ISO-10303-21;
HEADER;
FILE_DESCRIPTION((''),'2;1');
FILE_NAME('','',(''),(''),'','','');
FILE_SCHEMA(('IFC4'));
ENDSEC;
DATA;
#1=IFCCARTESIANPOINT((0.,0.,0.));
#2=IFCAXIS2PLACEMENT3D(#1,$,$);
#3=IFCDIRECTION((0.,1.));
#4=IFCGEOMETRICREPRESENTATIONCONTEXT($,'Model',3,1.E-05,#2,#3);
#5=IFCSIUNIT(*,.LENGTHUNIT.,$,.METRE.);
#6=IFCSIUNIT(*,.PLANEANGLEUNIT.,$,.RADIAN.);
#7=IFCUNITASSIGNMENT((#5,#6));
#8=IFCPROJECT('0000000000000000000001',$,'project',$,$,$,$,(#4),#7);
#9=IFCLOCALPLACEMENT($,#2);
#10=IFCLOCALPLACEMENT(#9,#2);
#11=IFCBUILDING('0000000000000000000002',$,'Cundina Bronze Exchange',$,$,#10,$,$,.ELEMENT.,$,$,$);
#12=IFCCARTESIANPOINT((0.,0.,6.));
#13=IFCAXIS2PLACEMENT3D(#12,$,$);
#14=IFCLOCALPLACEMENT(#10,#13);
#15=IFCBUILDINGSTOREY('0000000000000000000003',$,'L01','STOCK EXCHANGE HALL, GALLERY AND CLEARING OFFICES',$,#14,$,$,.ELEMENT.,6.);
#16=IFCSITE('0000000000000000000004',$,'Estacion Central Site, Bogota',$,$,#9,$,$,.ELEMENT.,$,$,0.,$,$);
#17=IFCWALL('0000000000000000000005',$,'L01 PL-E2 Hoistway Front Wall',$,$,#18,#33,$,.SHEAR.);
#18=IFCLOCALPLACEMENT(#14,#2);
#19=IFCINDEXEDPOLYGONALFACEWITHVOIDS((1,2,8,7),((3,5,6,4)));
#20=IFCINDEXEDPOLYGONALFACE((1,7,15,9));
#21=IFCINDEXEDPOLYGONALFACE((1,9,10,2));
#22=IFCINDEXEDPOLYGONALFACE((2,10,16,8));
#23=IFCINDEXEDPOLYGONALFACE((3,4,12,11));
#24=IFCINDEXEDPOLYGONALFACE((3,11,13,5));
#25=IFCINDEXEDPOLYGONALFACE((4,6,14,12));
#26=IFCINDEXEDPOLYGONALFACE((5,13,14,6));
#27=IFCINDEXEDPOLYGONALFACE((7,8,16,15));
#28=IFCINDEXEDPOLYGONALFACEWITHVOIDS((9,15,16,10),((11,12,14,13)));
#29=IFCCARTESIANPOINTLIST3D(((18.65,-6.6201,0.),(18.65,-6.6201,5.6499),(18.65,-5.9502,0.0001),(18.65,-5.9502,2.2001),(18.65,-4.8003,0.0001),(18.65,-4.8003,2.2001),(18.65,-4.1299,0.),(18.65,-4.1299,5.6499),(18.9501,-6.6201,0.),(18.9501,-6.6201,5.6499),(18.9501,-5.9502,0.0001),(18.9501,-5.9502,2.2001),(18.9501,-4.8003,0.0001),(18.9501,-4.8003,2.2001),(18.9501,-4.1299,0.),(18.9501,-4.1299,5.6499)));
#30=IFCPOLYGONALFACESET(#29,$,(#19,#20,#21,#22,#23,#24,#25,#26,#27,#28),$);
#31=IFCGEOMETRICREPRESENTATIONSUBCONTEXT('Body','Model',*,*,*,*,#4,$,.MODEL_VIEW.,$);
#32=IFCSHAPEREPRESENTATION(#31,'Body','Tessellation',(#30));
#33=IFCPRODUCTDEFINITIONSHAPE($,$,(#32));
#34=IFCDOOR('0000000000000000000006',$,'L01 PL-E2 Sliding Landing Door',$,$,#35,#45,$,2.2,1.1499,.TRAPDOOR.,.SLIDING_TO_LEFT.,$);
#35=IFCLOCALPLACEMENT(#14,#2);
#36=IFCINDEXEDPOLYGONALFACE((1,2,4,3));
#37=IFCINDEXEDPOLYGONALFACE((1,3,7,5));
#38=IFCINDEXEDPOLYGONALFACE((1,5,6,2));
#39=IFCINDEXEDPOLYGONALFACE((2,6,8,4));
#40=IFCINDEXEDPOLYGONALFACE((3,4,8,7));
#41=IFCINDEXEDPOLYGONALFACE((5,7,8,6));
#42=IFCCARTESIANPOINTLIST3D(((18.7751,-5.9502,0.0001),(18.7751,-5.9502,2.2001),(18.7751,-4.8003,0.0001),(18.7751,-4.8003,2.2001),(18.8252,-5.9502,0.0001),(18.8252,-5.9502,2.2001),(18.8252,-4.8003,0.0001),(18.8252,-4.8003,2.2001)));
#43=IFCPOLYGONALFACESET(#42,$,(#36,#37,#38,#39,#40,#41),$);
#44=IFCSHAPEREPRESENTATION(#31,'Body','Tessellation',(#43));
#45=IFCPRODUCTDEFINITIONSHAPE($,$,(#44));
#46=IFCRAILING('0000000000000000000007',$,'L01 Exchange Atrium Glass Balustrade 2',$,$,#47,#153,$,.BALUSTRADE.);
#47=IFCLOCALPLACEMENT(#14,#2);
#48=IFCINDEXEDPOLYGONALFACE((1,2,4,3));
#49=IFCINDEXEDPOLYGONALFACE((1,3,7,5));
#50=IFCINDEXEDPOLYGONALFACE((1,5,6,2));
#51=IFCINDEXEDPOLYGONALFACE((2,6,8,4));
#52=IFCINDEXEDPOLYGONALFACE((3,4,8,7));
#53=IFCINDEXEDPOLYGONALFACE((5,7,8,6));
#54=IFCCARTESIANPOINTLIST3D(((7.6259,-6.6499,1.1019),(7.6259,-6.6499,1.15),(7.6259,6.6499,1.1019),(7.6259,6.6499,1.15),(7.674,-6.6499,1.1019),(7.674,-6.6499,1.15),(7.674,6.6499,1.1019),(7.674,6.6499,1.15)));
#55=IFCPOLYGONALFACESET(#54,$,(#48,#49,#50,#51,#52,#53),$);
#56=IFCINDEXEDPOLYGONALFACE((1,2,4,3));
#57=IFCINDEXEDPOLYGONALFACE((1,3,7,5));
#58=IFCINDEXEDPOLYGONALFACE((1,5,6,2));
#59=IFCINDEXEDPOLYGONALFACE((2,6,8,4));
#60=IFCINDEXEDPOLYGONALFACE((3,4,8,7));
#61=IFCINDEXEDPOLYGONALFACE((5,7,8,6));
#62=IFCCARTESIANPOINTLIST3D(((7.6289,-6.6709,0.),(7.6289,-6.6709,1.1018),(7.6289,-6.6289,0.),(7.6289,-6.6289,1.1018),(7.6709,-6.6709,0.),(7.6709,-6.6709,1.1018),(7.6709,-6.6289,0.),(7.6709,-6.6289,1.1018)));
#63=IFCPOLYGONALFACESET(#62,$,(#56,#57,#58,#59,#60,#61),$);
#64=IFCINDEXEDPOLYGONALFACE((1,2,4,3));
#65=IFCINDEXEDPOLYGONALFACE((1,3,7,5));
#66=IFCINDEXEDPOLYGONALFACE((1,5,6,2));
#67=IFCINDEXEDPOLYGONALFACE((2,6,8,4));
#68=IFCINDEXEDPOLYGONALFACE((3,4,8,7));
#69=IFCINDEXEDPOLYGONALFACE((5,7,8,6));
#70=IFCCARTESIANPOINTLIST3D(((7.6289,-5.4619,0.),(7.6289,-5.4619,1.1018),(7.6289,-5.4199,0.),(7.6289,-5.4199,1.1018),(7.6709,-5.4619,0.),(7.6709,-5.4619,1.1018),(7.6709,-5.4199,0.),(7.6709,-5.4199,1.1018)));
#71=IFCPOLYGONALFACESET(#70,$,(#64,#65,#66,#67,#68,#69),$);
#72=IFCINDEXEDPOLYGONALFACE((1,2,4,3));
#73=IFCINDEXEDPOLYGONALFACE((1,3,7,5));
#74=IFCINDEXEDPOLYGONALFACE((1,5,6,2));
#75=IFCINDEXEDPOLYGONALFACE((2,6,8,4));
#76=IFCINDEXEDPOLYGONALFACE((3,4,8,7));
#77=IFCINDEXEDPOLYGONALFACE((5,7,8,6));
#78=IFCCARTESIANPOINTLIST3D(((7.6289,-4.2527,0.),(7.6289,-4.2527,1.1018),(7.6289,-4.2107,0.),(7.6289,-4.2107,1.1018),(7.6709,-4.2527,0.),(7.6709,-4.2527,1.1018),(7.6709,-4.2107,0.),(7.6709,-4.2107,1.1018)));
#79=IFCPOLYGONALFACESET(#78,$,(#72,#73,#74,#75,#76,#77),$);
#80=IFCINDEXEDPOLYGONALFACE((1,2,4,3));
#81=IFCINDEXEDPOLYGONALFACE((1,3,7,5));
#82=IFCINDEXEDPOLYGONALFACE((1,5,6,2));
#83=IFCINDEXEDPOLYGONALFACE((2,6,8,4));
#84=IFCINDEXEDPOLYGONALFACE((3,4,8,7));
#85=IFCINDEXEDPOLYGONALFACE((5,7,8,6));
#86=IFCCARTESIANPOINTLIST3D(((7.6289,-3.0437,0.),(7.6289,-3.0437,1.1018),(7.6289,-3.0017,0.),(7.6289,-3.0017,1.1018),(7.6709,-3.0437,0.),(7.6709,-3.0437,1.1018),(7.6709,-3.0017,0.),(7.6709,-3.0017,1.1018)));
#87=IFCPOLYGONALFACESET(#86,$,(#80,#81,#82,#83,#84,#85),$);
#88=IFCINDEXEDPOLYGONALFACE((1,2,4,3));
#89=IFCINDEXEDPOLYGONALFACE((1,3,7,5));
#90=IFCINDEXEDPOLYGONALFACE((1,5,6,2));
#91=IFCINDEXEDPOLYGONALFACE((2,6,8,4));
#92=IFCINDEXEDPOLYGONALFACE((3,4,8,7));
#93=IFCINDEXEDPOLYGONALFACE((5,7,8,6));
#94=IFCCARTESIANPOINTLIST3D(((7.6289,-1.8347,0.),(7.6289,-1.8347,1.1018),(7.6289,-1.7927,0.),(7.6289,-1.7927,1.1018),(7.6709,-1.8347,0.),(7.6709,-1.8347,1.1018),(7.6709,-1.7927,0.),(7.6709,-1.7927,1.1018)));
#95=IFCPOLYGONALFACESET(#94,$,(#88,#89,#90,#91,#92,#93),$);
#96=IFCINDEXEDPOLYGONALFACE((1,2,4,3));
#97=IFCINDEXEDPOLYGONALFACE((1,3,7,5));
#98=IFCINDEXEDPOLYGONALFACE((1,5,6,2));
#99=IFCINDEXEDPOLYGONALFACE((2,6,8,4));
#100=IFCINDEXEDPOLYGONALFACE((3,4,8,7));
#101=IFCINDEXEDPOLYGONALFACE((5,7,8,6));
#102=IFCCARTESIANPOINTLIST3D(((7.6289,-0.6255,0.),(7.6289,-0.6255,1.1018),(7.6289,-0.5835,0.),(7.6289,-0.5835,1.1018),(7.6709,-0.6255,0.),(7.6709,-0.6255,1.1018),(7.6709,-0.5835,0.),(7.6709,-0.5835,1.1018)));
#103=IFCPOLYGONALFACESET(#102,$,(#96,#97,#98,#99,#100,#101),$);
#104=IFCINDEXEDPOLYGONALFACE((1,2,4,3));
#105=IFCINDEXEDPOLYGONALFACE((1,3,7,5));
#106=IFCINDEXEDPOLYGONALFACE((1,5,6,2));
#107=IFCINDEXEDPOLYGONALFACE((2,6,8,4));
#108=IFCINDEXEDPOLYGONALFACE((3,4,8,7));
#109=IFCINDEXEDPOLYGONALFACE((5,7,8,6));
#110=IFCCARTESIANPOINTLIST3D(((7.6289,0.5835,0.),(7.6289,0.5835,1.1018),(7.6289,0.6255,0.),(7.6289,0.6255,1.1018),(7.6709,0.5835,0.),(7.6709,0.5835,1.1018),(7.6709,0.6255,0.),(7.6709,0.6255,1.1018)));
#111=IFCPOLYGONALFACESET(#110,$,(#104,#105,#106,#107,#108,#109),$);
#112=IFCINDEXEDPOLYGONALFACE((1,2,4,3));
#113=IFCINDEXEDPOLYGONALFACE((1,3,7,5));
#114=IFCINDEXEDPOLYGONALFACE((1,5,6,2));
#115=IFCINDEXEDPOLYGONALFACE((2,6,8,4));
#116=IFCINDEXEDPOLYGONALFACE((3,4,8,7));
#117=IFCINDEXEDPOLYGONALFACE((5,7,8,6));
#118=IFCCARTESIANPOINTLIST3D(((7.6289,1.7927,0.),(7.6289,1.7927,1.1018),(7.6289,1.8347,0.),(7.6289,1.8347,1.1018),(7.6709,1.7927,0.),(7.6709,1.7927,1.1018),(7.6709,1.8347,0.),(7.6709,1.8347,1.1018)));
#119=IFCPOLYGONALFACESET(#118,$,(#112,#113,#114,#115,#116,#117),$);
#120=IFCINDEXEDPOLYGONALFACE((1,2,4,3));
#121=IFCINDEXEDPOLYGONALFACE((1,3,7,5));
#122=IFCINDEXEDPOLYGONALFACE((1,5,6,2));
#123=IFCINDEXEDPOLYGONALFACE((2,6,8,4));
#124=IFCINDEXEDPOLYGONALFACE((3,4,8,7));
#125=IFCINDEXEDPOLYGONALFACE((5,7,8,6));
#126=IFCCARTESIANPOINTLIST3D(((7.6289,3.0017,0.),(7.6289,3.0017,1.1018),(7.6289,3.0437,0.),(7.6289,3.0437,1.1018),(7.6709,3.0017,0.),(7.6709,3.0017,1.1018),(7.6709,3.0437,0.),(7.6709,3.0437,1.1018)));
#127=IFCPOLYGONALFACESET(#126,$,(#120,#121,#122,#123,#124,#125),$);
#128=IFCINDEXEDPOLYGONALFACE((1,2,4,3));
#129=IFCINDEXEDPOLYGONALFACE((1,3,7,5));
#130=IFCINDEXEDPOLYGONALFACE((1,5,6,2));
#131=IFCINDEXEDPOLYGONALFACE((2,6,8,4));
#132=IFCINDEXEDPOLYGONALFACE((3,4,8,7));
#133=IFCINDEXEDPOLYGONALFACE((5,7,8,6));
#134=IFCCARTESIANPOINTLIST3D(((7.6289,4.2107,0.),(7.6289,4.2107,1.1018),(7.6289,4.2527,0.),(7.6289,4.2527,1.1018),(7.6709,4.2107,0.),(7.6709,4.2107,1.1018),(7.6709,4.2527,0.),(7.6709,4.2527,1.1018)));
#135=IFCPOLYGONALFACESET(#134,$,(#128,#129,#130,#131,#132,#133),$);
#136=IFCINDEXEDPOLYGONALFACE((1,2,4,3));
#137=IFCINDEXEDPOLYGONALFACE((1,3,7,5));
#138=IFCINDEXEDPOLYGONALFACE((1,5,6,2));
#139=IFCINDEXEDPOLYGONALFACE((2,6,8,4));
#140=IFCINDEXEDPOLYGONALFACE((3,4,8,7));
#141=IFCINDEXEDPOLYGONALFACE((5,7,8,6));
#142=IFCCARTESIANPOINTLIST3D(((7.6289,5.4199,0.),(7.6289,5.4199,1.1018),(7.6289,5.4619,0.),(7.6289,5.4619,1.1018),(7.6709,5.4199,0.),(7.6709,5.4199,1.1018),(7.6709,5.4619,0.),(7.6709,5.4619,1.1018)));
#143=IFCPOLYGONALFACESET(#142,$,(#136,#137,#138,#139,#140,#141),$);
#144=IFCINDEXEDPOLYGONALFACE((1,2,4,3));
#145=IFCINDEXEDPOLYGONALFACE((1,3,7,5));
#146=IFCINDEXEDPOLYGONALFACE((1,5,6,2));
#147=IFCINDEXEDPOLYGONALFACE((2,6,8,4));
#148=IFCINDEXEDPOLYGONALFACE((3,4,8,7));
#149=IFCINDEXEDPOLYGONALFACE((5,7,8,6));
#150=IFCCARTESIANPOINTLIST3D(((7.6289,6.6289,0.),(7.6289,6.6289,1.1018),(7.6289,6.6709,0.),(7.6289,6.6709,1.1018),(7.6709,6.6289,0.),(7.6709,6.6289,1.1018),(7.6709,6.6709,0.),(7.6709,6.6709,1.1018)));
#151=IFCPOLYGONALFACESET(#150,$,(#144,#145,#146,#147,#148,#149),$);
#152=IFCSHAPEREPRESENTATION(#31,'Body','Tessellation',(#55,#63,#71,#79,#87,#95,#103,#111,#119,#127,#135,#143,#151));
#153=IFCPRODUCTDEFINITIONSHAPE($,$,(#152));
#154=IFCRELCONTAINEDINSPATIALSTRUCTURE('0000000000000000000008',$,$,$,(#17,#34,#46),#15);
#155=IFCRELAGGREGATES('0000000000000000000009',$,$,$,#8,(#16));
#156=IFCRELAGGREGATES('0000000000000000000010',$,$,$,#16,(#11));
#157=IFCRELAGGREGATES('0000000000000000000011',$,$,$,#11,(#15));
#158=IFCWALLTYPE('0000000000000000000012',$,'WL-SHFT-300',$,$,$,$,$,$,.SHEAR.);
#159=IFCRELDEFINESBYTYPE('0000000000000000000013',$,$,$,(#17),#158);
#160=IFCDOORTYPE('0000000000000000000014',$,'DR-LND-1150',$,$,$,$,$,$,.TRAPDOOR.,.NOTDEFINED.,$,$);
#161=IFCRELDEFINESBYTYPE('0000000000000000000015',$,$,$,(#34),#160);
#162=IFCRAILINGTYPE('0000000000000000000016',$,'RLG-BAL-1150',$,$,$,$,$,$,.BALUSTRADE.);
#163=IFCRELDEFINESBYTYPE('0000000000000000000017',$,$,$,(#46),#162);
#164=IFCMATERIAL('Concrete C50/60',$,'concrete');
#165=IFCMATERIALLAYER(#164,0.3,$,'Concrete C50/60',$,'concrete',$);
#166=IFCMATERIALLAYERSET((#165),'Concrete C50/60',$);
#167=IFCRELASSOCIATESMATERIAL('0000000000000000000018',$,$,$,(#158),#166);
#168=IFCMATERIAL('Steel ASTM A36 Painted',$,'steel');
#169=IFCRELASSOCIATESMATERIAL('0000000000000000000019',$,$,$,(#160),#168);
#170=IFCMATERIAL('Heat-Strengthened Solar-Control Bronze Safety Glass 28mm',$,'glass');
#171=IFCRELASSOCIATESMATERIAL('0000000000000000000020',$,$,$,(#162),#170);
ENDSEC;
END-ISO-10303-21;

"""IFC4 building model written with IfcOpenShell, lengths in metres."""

from ifc_helpers import new_model, si_unit, direction, frame, frame_2d, origin, origin_2d, place, context, subcontext, project, spatial, rectangle, extrude, material, layer, layer_set, type_object, element, fill, save


model = new_model("IFC4")

# Units and contexts
model_context = context("Model", 3, precision=1e-05, world=origin(), true_north=direction((0.0, 1.0)))
body_context = subcontext(model_context, "Body", "Model", "MODEL_VIEW")
ifc_project = project(units=[si_unit("LENGTHUNIT", "METRE"), si_unit("PLANEANGLEUNIT", "RADIAN")], contexts=[model_context])

# Site, building, storey
site_placement = place(None, origin())
site = spatial("IfcSite", under=ifc_project, at=site_placement, Name="Estacion Central Site, Bogota", CompositionType="ELEMENT", RefElevation=0.0)
building_placement = place(site_placement, origin())
building = spatial("IfcBuilding", under=site, at=building_placement, Name="Cundina Bronze Exchange", CompositionType="ELEMENT")
storey_placement = place(building_placement, frame((0.0, 0.0, 6.0)))
storey = spatial("IfcBuildingStorey", under=building, at=storey_placement, Name="L01", Description="STOCK EXCHANGE HALL, GALLERY AND CLEARING OFFICES", CompositionType="ELEMENT", Elevation=6.0)

# Shared definitions
ifc_material_1 = material(Name="Heat-Strengthened Solar-Control Bronze Safety Glass 28mm", Category="glass")

# Shared definitions
ifc_material_2 = material(Name="Concrete C50/60", Category="concrete")
ifc_layer_1 = layer(ifc_material_2, 0.3, Name="Concrete C50/60", Category="concrete")
ifc_layer_set_1 = layer_set([ifc_layer_1], Name="Concrete C50/60")
wall_type_1 = type_object("IfcWallType", Name="WL-SHFT-300", PredefinedType="SHEAR", material=ifc_layer_set_1)

# Wall, opening, door
ifc_material_3 = material(Name="Steel ASTM A36 Painted", Category="steel")
door_type = type_object("IfcDoorType", Name="DR-LND-1150", OperationType="NOTDEFINED", PredefinedType="TRAPDOOR", material=ifc_material_3)
wall_1_placement = place(storey_placement, frame((18.8, -6.6201, 0.0), z_axis=(0.0, 0.0, 1.0), x_axis=(0.0, 1.0, 0.0)))
wall_1 = element("IfcWall", 1, at=wall_1_placement, inside=storey, type_object=wall_type_1, Name="L01 PL-E2 Hoistway Front Wall", PredefinedType="SHEAR", context=body_context, shape_type="SweptSolid", body=[
    extrude(rectangle(XDim=2.4902, YDim=0.3, at=frame_2d((1.2451, 0.0))), origin(), (0.0, 0.0, 1.0), 5.6499),
])
opening_1_placement = place(wall_1_placement, frame((0.6699, 0.0, 0.0)))
opening_1 = element("IfcOpeningElement", 2, at=opening_1_placement, cuts=wall_1, PredefinedType="OPENING", context=body_context, shape_type="SweptSolid", body=[
    extrude(rectangle(XDim=1.1499, YDim=2.2, at=frame_2d((0.575, 1.1001))), frame((0.0, 0.1599, 0.0), z_axis=(0.0, -1.0, 0.0), x_axis=(1.0, 0.0, 0.0)), (0.0, 0.0, 1.0), 0.3201),
])
door_1_placement = place(opening_1_placement, origin())
door_1 = element("IfcDoor", 3, at=door_1_placement, inside=storey, type_object=door_type, Name="L01 PL-E2 Sliding Landing Door", OperationType="SLIDING_TO_LEFT", OverallHeight=2.2, OverallWidth=1.1499, PredefinedType="TRAPDOOR", context=body_context, shape_type="SweptSolid", body=[
    extrude(rectangle(XDim=1.1499, YDim=2.2, at=frame_2d((0.575, 1.1001))), frame((0.0, 0.0249, 0.0), z_axis=(0.0, -1.0, 0.0), x_axis=(1.0, 0.0, 0.0)), (0.0, 0.0, 1.0), 0.05),
])
fill(opening_1, door_1)

# Railing
railing_type = type_object("IfcRailingType", Name="RLG-BAL-1150", PredefinedType="BALUSTRADE", material=ifc_material_1)
railing_placement = place(storey_placement, frame((7.6499, -6.6499, 0.0)))
element("IfcRailing", 4, at=railing_placement, inside=storey, type_object=railing_type, Name="L01 Exchange Atrium Glass Balustrade 2", PredefinedType="BALUSTRADE", context=body_context, shape_type="SweptSolid", body=[
    extrude(rectangle(XDim=0.0481, YDim=0.0481, at=origin_2d()), frame((0.0, 0.0, 1.126), z_axis=(0.0, 1.0, 0.0), x_axis=(-1.0, 0.0, 0.0)), (0.0, 0.0, 1.0), 13.2998),
    extrude(rectangle(XDim=0.042, YDim=0.042, at=origin_2d()), origin(), (0.0, 0.0, 1.0), 1.1018),
    extrude(rectangle(XDim=0.042, YDim=0.042, at=origin_2d()), frame((0.0, 1.209, 0.0)), (0.0, 0.0, 1.0), 1.1018),
    extrude(rectangle(XDim=0.042, YDim=0.042, at=origin_2d()), frame((0.0, 2.4182, 0.0)), (0.0, 0.0, 1.0), 1.1018),
    extrude(rectangle(XDim=0.042, YDim=0.042, at=origin_2d()), frame((0.0, 3.6272, 0.0)), (0.0, 0.0, 1.0), 1.1018),
    extrude(rectangle(XDim=0.042, YDim=0.042, at=origin_2d()), frame((0.0, 4.8362, 0.0)), (0.0, 0.0, 1.0), 1.1018),
    extrude(rectangle(XDim=0.042, YDim=0.042, at=origin_2d()), frame((0.0, 6.0454, 0.0)), (0.0, 0.0, 1.0), 1.1018),
    extrude(rectangle(XDim=0.042, YDim=0.042, at=origin_2d()), frame((0.0, 7.2544, 0.0)), (0.0, 0.0, 1.0), 1.1018),
    extrude(rectangle(XDim=0.042, YDim=0.042, at=origin_2d()), frame((0.0, 8.4636, 0.0)), (0.0, 0.0, 1.0), 1.1018),
    extrude(rectangle(XDim=0.042, YDim=0.042, at=origin_2d()), frame((0.0, 9.6726, 0.0)), (0.0, 0.0, 1.0), 1.1018),
    extrude(rectangle(XDim=0.042, YDim=0.042, at=origin_2d()), frame((0.0, 10.8816, 0.0)), (0.0, 0.0, 1.0), 1.1018),
    extrude(rectangle(XDim=0.042, YDim=0.042, at=origin_2d()), frame((0.0, 12.0908, 0.0)), (0.0, 0.0, 1.0), 1.1018),
    extrude(rectangle(XDim=0.042, YDim=0.042, at=origin_2d()), frame((0.0, 13.2998, 0.0)), (0.0, 0.0, 1.0), 1.1018),
])

save(model, "model.ifc")
